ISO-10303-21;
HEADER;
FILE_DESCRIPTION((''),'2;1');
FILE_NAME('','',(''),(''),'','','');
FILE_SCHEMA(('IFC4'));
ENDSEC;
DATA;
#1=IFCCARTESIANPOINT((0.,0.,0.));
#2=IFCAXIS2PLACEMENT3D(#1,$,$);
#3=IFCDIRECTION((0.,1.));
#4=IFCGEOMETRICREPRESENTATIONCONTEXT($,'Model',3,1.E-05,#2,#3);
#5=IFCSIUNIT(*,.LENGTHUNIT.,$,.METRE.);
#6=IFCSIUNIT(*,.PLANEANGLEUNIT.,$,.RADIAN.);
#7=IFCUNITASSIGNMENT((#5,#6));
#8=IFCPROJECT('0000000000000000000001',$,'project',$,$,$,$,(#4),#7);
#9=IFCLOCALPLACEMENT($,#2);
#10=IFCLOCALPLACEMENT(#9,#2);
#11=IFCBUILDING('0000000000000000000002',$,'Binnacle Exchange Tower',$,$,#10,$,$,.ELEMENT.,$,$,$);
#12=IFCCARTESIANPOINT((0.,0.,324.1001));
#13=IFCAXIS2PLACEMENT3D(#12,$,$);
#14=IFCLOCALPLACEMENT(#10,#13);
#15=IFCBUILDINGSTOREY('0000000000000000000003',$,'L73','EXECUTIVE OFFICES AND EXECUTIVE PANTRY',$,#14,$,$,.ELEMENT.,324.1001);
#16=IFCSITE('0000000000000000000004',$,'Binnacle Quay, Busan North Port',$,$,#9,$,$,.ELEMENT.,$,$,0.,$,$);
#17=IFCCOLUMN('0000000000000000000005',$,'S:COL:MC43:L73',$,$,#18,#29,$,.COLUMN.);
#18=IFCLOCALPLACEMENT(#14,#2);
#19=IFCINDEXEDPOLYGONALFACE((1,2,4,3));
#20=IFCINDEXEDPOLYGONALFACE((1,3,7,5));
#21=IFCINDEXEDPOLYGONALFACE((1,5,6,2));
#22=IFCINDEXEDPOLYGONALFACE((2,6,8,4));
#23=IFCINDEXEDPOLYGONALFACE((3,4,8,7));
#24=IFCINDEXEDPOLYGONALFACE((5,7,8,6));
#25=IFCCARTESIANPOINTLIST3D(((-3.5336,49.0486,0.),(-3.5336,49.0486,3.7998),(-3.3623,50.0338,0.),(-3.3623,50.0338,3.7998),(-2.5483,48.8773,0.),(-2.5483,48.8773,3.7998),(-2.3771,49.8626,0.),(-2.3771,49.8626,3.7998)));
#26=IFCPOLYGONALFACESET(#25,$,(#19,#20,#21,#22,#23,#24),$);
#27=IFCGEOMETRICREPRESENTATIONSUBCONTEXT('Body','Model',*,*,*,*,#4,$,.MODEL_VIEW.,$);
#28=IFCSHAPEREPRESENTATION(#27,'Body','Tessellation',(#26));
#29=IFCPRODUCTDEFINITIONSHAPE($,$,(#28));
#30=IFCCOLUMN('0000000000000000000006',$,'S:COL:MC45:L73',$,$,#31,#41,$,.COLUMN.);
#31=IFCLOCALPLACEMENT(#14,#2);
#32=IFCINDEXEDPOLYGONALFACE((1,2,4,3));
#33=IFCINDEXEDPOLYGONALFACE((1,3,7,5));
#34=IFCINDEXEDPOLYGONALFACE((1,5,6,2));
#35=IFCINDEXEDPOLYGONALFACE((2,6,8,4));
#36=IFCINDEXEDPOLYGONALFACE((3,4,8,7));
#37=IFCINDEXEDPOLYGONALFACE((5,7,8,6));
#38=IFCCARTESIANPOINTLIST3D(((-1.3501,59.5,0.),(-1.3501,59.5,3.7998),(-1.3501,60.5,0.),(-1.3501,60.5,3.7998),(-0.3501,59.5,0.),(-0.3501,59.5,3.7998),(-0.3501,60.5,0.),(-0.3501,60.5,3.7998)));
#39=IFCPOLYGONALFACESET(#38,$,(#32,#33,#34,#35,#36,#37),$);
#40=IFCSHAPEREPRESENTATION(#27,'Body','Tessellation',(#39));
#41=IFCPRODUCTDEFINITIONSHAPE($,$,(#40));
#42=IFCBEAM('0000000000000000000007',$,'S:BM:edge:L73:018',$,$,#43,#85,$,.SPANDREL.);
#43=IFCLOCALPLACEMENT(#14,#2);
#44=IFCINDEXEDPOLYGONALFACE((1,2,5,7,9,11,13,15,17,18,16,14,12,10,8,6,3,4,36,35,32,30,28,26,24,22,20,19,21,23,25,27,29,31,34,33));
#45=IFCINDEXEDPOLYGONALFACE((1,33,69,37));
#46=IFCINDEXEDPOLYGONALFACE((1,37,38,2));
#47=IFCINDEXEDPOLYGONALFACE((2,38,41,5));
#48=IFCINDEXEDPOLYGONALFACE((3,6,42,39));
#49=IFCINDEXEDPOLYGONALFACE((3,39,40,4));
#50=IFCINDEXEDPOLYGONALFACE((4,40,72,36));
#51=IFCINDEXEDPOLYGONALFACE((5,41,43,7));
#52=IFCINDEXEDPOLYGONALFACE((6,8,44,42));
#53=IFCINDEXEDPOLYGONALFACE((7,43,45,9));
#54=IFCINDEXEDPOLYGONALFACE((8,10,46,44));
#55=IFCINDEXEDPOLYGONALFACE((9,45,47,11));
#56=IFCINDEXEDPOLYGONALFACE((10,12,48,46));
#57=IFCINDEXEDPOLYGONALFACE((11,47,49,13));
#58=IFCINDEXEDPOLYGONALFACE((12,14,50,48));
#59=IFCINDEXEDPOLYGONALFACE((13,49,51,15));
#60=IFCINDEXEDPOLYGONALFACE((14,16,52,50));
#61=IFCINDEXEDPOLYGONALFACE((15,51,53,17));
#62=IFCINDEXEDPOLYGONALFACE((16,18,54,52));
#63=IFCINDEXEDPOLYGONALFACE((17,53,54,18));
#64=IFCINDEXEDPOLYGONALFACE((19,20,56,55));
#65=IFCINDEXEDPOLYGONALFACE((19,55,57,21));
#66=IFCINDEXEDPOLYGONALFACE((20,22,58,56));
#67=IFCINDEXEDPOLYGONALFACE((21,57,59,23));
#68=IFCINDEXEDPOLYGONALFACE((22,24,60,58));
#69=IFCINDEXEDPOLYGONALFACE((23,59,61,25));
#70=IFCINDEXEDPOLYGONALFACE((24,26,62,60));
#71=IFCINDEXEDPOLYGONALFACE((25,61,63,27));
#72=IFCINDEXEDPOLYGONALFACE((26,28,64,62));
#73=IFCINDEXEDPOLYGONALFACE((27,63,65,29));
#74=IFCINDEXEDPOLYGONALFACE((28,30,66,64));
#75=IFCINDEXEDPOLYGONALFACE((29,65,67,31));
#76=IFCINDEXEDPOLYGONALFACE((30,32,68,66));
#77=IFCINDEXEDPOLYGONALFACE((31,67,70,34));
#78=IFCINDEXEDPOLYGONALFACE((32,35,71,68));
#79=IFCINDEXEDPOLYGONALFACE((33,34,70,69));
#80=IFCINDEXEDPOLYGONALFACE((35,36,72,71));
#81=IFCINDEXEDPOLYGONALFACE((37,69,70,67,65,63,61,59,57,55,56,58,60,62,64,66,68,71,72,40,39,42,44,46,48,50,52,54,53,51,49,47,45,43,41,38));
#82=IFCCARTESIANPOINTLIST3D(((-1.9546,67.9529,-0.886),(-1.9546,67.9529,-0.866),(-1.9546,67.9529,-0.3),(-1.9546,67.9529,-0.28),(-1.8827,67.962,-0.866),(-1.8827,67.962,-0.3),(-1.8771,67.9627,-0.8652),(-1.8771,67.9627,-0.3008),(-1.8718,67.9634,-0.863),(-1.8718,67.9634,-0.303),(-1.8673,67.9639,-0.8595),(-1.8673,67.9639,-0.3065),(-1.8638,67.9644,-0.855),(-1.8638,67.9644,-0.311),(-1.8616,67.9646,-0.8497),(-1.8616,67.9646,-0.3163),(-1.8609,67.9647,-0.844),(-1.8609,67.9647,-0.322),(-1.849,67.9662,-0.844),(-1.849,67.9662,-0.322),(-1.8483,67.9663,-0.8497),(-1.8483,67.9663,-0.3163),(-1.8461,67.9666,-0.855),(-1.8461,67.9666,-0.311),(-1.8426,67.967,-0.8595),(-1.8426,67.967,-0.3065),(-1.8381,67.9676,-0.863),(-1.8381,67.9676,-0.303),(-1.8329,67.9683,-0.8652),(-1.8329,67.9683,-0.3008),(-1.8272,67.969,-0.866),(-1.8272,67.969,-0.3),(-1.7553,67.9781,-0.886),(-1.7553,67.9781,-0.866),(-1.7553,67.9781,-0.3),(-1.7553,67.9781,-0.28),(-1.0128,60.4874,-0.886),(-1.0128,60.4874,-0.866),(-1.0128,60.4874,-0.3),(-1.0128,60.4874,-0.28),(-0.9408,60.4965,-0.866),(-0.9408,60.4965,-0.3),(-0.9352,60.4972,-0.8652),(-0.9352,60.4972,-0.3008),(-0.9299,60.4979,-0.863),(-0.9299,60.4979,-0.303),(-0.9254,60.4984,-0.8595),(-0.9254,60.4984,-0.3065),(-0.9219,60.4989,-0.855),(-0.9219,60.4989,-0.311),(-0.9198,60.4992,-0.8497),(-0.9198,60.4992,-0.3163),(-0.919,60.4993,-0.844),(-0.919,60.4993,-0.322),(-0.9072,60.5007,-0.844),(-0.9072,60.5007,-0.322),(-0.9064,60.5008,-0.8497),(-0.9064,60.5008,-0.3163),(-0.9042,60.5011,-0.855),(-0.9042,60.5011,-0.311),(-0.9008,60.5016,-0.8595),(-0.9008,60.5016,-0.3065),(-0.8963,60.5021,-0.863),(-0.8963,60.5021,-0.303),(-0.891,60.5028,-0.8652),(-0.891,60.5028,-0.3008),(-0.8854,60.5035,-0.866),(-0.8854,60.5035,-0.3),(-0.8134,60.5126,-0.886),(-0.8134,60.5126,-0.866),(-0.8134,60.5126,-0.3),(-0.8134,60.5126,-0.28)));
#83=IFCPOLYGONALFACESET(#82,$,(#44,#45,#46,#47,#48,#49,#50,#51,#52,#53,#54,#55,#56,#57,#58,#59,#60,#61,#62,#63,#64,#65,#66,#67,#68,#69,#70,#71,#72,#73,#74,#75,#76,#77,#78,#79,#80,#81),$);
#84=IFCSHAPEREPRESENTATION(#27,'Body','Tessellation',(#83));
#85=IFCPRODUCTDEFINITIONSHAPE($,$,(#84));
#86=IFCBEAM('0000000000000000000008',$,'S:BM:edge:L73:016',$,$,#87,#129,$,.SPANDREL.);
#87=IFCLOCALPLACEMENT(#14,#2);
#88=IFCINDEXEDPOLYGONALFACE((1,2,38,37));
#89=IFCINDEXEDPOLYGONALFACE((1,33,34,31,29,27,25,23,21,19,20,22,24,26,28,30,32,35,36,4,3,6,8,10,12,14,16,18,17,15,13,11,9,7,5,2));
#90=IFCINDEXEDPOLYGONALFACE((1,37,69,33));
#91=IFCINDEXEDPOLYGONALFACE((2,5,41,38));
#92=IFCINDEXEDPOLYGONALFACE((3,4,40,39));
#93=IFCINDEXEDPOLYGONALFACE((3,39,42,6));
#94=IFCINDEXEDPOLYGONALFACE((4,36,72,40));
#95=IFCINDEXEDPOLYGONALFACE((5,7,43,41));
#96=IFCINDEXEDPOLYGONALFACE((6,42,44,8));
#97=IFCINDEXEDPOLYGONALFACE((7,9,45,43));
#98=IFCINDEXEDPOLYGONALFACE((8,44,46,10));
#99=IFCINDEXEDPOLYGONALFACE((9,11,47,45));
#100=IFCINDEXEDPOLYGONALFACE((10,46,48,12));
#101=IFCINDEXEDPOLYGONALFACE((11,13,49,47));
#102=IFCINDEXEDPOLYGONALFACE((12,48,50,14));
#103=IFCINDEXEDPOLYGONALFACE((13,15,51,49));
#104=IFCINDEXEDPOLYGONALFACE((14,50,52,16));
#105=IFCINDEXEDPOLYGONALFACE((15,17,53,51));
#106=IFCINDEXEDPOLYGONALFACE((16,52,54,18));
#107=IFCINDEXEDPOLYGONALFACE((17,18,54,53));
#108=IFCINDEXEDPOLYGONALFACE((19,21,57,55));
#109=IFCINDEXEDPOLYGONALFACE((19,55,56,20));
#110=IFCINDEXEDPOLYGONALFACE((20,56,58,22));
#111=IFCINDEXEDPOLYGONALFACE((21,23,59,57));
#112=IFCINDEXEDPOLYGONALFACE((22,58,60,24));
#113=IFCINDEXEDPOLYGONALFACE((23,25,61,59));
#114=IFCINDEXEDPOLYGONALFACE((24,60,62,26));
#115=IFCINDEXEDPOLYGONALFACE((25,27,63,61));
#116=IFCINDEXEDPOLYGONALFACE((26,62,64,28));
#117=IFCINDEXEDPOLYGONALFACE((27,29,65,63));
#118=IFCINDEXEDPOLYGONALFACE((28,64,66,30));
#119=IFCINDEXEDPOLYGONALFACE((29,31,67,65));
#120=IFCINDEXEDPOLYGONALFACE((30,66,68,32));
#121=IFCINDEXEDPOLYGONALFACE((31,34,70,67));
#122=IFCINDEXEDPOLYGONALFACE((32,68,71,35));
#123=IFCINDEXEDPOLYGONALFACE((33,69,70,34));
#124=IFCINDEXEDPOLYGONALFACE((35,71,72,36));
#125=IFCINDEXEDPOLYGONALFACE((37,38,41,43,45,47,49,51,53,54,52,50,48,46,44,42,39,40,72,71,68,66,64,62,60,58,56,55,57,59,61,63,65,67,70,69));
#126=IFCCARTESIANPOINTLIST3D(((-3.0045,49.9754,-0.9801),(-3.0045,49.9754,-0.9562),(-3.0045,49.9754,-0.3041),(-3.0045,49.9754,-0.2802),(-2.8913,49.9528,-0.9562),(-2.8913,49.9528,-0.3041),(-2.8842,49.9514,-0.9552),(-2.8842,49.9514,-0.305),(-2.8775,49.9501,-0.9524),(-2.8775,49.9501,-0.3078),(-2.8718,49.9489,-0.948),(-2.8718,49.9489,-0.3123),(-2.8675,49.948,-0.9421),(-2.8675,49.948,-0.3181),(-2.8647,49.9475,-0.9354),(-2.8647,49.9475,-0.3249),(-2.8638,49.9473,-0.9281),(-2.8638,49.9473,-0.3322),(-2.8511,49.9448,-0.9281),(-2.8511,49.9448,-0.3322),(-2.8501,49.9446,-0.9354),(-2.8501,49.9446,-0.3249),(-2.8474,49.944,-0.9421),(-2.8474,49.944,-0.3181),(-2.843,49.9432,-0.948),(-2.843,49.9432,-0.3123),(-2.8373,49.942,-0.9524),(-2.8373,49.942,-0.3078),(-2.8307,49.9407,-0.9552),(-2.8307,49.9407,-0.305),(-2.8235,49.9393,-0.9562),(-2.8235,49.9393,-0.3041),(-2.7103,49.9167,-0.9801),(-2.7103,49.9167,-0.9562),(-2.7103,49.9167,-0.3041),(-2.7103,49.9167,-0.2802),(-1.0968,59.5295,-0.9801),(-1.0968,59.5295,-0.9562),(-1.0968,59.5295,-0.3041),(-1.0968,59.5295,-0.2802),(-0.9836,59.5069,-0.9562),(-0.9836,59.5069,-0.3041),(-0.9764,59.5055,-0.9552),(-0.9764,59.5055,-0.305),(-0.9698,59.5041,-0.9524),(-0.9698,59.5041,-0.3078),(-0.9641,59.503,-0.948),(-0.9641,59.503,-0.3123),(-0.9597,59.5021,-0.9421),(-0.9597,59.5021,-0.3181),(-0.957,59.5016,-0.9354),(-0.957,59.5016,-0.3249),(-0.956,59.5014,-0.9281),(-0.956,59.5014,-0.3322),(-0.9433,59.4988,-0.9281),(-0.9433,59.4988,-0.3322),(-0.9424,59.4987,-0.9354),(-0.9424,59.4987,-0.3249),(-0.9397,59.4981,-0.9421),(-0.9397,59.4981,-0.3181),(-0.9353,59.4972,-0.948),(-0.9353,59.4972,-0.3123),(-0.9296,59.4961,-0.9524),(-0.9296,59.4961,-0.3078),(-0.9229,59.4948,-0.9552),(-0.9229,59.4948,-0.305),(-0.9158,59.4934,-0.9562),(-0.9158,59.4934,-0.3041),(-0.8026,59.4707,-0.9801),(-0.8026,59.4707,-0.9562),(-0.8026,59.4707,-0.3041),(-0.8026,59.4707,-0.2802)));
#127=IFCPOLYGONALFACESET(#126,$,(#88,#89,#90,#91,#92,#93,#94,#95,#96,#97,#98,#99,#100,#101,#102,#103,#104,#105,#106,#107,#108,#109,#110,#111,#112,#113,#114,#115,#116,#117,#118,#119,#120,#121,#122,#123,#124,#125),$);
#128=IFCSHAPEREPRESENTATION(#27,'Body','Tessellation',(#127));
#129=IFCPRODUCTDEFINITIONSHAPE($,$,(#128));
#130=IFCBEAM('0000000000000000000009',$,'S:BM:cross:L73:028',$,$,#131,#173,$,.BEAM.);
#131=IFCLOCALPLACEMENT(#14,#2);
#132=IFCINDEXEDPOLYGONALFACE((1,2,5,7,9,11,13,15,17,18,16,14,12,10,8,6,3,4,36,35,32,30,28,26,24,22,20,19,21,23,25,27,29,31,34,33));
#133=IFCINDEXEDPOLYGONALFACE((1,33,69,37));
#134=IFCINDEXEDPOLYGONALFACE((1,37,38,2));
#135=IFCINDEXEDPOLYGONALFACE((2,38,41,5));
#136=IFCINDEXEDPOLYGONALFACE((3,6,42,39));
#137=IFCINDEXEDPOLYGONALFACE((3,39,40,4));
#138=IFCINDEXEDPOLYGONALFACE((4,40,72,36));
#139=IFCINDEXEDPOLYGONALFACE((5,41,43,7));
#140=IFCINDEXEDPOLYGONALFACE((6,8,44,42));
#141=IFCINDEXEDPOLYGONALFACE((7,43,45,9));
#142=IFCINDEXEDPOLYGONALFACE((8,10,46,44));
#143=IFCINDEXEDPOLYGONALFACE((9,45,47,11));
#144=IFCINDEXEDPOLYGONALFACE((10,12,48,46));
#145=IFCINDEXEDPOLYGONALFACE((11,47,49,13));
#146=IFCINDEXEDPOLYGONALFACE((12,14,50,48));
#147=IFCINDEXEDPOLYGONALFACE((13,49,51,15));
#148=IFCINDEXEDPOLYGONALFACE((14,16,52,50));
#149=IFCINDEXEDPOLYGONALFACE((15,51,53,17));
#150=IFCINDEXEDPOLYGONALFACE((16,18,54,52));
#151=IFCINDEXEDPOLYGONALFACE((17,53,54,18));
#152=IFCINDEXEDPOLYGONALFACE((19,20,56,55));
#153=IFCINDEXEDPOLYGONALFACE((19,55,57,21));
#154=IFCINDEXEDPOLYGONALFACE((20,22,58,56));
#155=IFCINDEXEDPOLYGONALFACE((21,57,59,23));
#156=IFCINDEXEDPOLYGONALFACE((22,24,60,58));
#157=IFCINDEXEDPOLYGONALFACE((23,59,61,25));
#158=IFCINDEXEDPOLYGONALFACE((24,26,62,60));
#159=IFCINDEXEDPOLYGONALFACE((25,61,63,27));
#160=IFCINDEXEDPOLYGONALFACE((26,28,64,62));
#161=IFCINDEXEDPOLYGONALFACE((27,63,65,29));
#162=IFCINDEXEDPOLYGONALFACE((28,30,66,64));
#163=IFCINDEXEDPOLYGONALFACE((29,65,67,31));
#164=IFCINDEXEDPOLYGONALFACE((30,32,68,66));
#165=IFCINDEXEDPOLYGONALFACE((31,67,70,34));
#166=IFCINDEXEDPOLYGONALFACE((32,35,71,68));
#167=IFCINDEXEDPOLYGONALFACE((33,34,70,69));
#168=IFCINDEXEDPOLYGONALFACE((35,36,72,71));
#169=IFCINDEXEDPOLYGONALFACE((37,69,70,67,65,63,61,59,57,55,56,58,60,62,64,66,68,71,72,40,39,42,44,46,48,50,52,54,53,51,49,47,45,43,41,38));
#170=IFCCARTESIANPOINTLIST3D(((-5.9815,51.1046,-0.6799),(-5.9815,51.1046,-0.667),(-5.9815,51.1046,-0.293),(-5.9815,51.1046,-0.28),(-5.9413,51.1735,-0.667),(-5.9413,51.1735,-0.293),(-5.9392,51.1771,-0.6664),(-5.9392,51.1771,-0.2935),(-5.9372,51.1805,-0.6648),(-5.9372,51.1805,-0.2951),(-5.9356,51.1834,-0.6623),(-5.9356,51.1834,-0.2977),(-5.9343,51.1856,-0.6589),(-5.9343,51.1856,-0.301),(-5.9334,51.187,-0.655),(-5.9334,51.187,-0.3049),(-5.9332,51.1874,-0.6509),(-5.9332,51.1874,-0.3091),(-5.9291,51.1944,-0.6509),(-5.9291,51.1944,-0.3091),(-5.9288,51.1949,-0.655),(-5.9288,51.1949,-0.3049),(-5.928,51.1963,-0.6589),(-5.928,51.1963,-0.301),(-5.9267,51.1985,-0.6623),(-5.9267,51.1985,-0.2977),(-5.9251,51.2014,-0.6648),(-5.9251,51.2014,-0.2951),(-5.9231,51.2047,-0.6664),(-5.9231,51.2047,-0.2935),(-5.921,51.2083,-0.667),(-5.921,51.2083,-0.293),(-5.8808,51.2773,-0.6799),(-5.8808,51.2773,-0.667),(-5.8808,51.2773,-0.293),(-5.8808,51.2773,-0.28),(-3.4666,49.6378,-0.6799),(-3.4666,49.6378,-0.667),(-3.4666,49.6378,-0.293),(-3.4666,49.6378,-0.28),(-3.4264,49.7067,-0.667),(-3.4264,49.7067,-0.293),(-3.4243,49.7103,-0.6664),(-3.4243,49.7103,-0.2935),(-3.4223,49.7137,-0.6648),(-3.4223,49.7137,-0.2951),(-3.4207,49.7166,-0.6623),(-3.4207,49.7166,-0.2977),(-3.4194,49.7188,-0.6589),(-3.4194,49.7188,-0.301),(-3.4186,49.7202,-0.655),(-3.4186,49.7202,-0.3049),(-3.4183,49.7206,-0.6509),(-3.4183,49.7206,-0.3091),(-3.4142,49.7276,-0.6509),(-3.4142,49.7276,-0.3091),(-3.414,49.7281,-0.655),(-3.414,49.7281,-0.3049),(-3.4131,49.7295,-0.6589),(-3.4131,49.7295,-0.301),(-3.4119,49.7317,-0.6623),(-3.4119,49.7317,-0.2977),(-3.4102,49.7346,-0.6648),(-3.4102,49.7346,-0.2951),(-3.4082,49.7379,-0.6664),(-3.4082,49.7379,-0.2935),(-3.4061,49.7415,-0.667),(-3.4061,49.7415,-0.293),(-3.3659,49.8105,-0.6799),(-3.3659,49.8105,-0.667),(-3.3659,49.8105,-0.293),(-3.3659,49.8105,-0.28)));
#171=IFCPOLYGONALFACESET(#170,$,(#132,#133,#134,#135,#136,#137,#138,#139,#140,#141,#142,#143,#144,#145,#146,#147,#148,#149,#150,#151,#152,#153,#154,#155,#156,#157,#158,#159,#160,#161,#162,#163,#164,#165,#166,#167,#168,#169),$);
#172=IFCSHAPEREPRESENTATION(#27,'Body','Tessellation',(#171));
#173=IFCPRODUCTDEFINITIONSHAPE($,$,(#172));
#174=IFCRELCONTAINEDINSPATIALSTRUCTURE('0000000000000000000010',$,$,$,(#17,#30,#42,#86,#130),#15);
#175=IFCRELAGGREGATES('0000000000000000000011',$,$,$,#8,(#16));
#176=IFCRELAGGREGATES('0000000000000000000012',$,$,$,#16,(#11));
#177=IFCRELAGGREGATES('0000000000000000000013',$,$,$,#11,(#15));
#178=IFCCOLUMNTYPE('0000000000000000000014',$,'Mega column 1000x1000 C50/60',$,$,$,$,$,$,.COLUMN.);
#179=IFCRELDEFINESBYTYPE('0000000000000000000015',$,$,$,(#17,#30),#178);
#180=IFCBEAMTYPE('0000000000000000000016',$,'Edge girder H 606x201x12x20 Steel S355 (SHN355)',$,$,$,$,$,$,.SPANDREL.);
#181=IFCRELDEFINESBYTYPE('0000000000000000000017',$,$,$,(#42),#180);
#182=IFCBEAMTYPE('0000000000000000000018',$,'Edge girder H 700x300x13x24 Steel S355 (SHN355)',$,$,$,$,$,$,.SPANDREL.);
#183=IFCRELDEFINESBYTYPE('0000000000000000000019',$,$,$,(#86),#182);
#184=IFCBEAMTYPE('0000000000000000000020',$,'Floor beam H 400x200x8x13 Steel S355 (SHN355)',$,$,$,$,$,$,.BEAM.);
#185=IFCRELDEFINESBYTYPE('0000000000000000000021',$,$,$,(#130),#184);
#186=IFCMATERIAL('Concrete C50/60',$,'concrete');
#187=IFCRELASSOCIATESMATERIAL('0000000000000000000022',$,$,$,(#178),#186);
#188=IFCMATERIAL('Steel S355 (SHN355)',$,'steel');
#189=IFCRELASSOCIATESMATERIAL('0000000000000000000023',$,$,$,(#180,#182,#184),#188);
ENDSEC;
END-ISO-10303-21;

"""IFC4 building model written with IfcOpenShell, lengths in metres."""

from ifc_helpers import new_model, si_unit, direction, frame, origin, origin_2d, place, context, subcontext, project, spatial, rectangle, i_section, extrude, material, material_profile, profile_set, type_object, element, save


model = new_model("IFC4")

# Units and contexts
model_context = context("Model", 3, precision=1e-05, world=origin(), true_north=direction((0.0, 1.0)))
body_context = subcontext(model_context, "Body", "Model", "MODEL_VIEW")
ifc_project = project(units=[si_unit("LENGTHUNIT", "METRE"), si_unit("PLANEANGLEUNIT", "RADIAN")], contexts=[model_context])

# Site, building, storey
site_placement = place(None, origin())
site = spatial("IfcSite", under=ifc_project, at=site_placement, Name="Binnacle Quay, Busan North Port", CompositionType="ELEMENT", RefElevation=0.0)
building_placement = place(site_placement, origin())
building = spatial("IfcBuilding", under=site, at=building_placement, Name="Binnacle Exchange Tower", CompositionType="ELEMENT")
storey_placement = place(building_placement, frame((0.0, 0.0, 324.1001)))
storey = spatial("IfcBuildingStorey", under=building, at=storey_placement, Name="L73", Description="EXECUTIVE OFFICES AND EXECUTIVE PANTRY", CompositionType="ELEMENT", Elevation=324.1001)

# Columns
ifc_material_1 = material(Name="Concrete C50/60", Category="concrete")
ifc_material_profile_1 = material_profile(ifc_material_1, rectangle(XDim=1.0, YDim=1.0, at=origin_2d()), Name="Mega column 1000x1000 C50/60")
ifc_profile_set_1 = profile_set([ifc_material_profile_1], Name="Concrete C50/60")
column_type = type_object("IfcColumnType", Name="Mega column 1000x1000 C50/60", PredefinedType="COLUMN", material=ifc_profile_set_1)
for number, where, z_axis, x_axis, name in (
    (1, (-2.9553, 49.4556, 0.0), (0.0, 0.0, 1.0), (-0.985226, 0.171259, 0.0), "S:COL:MC43:L73"),
    (2, (-0.8501, 60.0, 0.0), (0.0, 0.0, 1.0), (0.0, 1.0, 0.0), "S:COL:MC45:L73"),
):
    element("IfcColumn", number, at=place(storey_placement, frame(where, z_axis=z_axis, x_axis=x_axis)), inside=storey, type_object=column_type, Name=name, PredefinedType="COLUMN", context=body_context, shape_type="SweptSolid", body=[
        extrude(rectangle(XDim=1.0, YDim=1.0, at=origin_2d()), origin(), (0.0, 0.0, 1.0), 3.7998),
    ])

# Beams
ifc_material_2 = material(Name="Steel S355 (SHN355)", Category="steel")
ifc_material_profile_2 = material_profile(ifc_material_2, i_section(OverallWidth=0.2009, OverallDepth=0.606, WebThickness=0.012, FlangeThickness=0.02, FilletRadius=0.022, at=origin_2d()), Name="H 606x201x12x20")
ifc_profile_set_2 = profile_set([ifc_material_profile_2], Name="Steel S355 (SHN355)")
beam_type_1 = type_object("IfcBeamType", Name="Edge girder H 606x201x12x20 Steel S355 (SHN355)", PredefinedType="SPANDREL", material=ifc_profile_set_2)
beam_1_placement = place(storey_placement, frame((-0.9131, 60.5, -0.583), z_axis=(-0.125173, 0.992135, 0.0), x_axis=(-0.992135, -0.125173, 0.0)))
element("IfcBeam", 3, at=beam_1_placement, inside=storey, type_object=beam_type_1, Name="S:BM:edge:L73:018", PredefinedType="SPANDREL", context=body_context, shape_type="SweptSolid", body=[
    extrude(i_section(OverallWidth=0.2009, OverallDepth=0.606, WebThickness=0.012, FlangeThickness=0.02, FilletRadius=0.022, at=origin_2d()), origin(), (0.0, 0.0, 1.0), 7.5247),
])
ifc_material_profile_3 = material_profile(ifc_material_2, i_section(OverallWidth=0.3, OverallDepth=0.7, WebThickness=0.0129, FlangeThickness=0.0239, FilletRadius=0.0281, at=origin_2d()), Name="H 700x300x13x24")
ifc_profile_set_3 = profile_set([ifc_material_profile_3], Name="Steel S355 (SHN355)")
beam_type_2 = type_object("IfcBeamType", Name="Edge girder H 700x300x13x24 Steel S355 (SHN355)", PredefinedType="SPANDREL", material=ifc_profile_set_3)
beam_2_placement = place(storey_placement, frame((-2.8574, 49.946, -0.6301), z_axis=(0.195813, 0.980641, 0.0), x_axis=(-0.980641, 0.195813, 0.0)))
element("IfcBeam", 4, at=beam_2_placement, inside=storey, type_object=beam_type_2, Name="S:BM:edge:L73:016", PredefinedType="SPANDREL", context=body_context, shape_type="SweptSolid", body=[
    extrude(i_section(OverallWidth=0.3, OverallDepth=0.7, WebThickness=0.0129, FlangeThickness=0.0239, FilletRadius=0.0281, at=origin_2d()), origin(), (0.0, 0.0, 1.0), 9.7427),
])
ifc_material_profile_4 = material_profile(ifc_material_2, i_section(OverallWidth=0.2, OverallDepth=0.3999, WebThickness=0.0081, FlangeThickness=0.0129, FilletRadius=0.0161, at=origin_2d()), Name="H 400x200x8x13")
ifc_profile_set_4 = profile_set([ifc_material_profile_4], Name="Steel S355 (SHN355)")
beam_type_3 = type_object("IfcBeamType", Name="Floor beam H 400x200x8x13 Steel S355 (SHN355)", PredefinedType="BEAM", material=ifc_profile_set_4)
beam_3_placement = place(storey_placement, frame((-3.4163, 49.7241, -0.48), z_axis=(-0.863812, 0.503814, 0.0), x_axis=(-0.503814, -0.863812, 0.0)))
element("IfcBeam", 5, at=beam_3_placement, inside=storey, type_object=beam_type_3, Name="S:BM:cross:L73:028", PredefinedType="BEAM", context=body_context, shape_type="SweptSolid", body=[
    extrude(i_section(OverallWidth=0.2, OverallDepth=0.3999, WebThickness=0.0081, FlangeThickness=0.0129, FilletRadius=0.0161, at=origin_2d()), origin(), (0.0, 0.0, 1.0), 2.9114),
])

save(model, "model.ifc")
